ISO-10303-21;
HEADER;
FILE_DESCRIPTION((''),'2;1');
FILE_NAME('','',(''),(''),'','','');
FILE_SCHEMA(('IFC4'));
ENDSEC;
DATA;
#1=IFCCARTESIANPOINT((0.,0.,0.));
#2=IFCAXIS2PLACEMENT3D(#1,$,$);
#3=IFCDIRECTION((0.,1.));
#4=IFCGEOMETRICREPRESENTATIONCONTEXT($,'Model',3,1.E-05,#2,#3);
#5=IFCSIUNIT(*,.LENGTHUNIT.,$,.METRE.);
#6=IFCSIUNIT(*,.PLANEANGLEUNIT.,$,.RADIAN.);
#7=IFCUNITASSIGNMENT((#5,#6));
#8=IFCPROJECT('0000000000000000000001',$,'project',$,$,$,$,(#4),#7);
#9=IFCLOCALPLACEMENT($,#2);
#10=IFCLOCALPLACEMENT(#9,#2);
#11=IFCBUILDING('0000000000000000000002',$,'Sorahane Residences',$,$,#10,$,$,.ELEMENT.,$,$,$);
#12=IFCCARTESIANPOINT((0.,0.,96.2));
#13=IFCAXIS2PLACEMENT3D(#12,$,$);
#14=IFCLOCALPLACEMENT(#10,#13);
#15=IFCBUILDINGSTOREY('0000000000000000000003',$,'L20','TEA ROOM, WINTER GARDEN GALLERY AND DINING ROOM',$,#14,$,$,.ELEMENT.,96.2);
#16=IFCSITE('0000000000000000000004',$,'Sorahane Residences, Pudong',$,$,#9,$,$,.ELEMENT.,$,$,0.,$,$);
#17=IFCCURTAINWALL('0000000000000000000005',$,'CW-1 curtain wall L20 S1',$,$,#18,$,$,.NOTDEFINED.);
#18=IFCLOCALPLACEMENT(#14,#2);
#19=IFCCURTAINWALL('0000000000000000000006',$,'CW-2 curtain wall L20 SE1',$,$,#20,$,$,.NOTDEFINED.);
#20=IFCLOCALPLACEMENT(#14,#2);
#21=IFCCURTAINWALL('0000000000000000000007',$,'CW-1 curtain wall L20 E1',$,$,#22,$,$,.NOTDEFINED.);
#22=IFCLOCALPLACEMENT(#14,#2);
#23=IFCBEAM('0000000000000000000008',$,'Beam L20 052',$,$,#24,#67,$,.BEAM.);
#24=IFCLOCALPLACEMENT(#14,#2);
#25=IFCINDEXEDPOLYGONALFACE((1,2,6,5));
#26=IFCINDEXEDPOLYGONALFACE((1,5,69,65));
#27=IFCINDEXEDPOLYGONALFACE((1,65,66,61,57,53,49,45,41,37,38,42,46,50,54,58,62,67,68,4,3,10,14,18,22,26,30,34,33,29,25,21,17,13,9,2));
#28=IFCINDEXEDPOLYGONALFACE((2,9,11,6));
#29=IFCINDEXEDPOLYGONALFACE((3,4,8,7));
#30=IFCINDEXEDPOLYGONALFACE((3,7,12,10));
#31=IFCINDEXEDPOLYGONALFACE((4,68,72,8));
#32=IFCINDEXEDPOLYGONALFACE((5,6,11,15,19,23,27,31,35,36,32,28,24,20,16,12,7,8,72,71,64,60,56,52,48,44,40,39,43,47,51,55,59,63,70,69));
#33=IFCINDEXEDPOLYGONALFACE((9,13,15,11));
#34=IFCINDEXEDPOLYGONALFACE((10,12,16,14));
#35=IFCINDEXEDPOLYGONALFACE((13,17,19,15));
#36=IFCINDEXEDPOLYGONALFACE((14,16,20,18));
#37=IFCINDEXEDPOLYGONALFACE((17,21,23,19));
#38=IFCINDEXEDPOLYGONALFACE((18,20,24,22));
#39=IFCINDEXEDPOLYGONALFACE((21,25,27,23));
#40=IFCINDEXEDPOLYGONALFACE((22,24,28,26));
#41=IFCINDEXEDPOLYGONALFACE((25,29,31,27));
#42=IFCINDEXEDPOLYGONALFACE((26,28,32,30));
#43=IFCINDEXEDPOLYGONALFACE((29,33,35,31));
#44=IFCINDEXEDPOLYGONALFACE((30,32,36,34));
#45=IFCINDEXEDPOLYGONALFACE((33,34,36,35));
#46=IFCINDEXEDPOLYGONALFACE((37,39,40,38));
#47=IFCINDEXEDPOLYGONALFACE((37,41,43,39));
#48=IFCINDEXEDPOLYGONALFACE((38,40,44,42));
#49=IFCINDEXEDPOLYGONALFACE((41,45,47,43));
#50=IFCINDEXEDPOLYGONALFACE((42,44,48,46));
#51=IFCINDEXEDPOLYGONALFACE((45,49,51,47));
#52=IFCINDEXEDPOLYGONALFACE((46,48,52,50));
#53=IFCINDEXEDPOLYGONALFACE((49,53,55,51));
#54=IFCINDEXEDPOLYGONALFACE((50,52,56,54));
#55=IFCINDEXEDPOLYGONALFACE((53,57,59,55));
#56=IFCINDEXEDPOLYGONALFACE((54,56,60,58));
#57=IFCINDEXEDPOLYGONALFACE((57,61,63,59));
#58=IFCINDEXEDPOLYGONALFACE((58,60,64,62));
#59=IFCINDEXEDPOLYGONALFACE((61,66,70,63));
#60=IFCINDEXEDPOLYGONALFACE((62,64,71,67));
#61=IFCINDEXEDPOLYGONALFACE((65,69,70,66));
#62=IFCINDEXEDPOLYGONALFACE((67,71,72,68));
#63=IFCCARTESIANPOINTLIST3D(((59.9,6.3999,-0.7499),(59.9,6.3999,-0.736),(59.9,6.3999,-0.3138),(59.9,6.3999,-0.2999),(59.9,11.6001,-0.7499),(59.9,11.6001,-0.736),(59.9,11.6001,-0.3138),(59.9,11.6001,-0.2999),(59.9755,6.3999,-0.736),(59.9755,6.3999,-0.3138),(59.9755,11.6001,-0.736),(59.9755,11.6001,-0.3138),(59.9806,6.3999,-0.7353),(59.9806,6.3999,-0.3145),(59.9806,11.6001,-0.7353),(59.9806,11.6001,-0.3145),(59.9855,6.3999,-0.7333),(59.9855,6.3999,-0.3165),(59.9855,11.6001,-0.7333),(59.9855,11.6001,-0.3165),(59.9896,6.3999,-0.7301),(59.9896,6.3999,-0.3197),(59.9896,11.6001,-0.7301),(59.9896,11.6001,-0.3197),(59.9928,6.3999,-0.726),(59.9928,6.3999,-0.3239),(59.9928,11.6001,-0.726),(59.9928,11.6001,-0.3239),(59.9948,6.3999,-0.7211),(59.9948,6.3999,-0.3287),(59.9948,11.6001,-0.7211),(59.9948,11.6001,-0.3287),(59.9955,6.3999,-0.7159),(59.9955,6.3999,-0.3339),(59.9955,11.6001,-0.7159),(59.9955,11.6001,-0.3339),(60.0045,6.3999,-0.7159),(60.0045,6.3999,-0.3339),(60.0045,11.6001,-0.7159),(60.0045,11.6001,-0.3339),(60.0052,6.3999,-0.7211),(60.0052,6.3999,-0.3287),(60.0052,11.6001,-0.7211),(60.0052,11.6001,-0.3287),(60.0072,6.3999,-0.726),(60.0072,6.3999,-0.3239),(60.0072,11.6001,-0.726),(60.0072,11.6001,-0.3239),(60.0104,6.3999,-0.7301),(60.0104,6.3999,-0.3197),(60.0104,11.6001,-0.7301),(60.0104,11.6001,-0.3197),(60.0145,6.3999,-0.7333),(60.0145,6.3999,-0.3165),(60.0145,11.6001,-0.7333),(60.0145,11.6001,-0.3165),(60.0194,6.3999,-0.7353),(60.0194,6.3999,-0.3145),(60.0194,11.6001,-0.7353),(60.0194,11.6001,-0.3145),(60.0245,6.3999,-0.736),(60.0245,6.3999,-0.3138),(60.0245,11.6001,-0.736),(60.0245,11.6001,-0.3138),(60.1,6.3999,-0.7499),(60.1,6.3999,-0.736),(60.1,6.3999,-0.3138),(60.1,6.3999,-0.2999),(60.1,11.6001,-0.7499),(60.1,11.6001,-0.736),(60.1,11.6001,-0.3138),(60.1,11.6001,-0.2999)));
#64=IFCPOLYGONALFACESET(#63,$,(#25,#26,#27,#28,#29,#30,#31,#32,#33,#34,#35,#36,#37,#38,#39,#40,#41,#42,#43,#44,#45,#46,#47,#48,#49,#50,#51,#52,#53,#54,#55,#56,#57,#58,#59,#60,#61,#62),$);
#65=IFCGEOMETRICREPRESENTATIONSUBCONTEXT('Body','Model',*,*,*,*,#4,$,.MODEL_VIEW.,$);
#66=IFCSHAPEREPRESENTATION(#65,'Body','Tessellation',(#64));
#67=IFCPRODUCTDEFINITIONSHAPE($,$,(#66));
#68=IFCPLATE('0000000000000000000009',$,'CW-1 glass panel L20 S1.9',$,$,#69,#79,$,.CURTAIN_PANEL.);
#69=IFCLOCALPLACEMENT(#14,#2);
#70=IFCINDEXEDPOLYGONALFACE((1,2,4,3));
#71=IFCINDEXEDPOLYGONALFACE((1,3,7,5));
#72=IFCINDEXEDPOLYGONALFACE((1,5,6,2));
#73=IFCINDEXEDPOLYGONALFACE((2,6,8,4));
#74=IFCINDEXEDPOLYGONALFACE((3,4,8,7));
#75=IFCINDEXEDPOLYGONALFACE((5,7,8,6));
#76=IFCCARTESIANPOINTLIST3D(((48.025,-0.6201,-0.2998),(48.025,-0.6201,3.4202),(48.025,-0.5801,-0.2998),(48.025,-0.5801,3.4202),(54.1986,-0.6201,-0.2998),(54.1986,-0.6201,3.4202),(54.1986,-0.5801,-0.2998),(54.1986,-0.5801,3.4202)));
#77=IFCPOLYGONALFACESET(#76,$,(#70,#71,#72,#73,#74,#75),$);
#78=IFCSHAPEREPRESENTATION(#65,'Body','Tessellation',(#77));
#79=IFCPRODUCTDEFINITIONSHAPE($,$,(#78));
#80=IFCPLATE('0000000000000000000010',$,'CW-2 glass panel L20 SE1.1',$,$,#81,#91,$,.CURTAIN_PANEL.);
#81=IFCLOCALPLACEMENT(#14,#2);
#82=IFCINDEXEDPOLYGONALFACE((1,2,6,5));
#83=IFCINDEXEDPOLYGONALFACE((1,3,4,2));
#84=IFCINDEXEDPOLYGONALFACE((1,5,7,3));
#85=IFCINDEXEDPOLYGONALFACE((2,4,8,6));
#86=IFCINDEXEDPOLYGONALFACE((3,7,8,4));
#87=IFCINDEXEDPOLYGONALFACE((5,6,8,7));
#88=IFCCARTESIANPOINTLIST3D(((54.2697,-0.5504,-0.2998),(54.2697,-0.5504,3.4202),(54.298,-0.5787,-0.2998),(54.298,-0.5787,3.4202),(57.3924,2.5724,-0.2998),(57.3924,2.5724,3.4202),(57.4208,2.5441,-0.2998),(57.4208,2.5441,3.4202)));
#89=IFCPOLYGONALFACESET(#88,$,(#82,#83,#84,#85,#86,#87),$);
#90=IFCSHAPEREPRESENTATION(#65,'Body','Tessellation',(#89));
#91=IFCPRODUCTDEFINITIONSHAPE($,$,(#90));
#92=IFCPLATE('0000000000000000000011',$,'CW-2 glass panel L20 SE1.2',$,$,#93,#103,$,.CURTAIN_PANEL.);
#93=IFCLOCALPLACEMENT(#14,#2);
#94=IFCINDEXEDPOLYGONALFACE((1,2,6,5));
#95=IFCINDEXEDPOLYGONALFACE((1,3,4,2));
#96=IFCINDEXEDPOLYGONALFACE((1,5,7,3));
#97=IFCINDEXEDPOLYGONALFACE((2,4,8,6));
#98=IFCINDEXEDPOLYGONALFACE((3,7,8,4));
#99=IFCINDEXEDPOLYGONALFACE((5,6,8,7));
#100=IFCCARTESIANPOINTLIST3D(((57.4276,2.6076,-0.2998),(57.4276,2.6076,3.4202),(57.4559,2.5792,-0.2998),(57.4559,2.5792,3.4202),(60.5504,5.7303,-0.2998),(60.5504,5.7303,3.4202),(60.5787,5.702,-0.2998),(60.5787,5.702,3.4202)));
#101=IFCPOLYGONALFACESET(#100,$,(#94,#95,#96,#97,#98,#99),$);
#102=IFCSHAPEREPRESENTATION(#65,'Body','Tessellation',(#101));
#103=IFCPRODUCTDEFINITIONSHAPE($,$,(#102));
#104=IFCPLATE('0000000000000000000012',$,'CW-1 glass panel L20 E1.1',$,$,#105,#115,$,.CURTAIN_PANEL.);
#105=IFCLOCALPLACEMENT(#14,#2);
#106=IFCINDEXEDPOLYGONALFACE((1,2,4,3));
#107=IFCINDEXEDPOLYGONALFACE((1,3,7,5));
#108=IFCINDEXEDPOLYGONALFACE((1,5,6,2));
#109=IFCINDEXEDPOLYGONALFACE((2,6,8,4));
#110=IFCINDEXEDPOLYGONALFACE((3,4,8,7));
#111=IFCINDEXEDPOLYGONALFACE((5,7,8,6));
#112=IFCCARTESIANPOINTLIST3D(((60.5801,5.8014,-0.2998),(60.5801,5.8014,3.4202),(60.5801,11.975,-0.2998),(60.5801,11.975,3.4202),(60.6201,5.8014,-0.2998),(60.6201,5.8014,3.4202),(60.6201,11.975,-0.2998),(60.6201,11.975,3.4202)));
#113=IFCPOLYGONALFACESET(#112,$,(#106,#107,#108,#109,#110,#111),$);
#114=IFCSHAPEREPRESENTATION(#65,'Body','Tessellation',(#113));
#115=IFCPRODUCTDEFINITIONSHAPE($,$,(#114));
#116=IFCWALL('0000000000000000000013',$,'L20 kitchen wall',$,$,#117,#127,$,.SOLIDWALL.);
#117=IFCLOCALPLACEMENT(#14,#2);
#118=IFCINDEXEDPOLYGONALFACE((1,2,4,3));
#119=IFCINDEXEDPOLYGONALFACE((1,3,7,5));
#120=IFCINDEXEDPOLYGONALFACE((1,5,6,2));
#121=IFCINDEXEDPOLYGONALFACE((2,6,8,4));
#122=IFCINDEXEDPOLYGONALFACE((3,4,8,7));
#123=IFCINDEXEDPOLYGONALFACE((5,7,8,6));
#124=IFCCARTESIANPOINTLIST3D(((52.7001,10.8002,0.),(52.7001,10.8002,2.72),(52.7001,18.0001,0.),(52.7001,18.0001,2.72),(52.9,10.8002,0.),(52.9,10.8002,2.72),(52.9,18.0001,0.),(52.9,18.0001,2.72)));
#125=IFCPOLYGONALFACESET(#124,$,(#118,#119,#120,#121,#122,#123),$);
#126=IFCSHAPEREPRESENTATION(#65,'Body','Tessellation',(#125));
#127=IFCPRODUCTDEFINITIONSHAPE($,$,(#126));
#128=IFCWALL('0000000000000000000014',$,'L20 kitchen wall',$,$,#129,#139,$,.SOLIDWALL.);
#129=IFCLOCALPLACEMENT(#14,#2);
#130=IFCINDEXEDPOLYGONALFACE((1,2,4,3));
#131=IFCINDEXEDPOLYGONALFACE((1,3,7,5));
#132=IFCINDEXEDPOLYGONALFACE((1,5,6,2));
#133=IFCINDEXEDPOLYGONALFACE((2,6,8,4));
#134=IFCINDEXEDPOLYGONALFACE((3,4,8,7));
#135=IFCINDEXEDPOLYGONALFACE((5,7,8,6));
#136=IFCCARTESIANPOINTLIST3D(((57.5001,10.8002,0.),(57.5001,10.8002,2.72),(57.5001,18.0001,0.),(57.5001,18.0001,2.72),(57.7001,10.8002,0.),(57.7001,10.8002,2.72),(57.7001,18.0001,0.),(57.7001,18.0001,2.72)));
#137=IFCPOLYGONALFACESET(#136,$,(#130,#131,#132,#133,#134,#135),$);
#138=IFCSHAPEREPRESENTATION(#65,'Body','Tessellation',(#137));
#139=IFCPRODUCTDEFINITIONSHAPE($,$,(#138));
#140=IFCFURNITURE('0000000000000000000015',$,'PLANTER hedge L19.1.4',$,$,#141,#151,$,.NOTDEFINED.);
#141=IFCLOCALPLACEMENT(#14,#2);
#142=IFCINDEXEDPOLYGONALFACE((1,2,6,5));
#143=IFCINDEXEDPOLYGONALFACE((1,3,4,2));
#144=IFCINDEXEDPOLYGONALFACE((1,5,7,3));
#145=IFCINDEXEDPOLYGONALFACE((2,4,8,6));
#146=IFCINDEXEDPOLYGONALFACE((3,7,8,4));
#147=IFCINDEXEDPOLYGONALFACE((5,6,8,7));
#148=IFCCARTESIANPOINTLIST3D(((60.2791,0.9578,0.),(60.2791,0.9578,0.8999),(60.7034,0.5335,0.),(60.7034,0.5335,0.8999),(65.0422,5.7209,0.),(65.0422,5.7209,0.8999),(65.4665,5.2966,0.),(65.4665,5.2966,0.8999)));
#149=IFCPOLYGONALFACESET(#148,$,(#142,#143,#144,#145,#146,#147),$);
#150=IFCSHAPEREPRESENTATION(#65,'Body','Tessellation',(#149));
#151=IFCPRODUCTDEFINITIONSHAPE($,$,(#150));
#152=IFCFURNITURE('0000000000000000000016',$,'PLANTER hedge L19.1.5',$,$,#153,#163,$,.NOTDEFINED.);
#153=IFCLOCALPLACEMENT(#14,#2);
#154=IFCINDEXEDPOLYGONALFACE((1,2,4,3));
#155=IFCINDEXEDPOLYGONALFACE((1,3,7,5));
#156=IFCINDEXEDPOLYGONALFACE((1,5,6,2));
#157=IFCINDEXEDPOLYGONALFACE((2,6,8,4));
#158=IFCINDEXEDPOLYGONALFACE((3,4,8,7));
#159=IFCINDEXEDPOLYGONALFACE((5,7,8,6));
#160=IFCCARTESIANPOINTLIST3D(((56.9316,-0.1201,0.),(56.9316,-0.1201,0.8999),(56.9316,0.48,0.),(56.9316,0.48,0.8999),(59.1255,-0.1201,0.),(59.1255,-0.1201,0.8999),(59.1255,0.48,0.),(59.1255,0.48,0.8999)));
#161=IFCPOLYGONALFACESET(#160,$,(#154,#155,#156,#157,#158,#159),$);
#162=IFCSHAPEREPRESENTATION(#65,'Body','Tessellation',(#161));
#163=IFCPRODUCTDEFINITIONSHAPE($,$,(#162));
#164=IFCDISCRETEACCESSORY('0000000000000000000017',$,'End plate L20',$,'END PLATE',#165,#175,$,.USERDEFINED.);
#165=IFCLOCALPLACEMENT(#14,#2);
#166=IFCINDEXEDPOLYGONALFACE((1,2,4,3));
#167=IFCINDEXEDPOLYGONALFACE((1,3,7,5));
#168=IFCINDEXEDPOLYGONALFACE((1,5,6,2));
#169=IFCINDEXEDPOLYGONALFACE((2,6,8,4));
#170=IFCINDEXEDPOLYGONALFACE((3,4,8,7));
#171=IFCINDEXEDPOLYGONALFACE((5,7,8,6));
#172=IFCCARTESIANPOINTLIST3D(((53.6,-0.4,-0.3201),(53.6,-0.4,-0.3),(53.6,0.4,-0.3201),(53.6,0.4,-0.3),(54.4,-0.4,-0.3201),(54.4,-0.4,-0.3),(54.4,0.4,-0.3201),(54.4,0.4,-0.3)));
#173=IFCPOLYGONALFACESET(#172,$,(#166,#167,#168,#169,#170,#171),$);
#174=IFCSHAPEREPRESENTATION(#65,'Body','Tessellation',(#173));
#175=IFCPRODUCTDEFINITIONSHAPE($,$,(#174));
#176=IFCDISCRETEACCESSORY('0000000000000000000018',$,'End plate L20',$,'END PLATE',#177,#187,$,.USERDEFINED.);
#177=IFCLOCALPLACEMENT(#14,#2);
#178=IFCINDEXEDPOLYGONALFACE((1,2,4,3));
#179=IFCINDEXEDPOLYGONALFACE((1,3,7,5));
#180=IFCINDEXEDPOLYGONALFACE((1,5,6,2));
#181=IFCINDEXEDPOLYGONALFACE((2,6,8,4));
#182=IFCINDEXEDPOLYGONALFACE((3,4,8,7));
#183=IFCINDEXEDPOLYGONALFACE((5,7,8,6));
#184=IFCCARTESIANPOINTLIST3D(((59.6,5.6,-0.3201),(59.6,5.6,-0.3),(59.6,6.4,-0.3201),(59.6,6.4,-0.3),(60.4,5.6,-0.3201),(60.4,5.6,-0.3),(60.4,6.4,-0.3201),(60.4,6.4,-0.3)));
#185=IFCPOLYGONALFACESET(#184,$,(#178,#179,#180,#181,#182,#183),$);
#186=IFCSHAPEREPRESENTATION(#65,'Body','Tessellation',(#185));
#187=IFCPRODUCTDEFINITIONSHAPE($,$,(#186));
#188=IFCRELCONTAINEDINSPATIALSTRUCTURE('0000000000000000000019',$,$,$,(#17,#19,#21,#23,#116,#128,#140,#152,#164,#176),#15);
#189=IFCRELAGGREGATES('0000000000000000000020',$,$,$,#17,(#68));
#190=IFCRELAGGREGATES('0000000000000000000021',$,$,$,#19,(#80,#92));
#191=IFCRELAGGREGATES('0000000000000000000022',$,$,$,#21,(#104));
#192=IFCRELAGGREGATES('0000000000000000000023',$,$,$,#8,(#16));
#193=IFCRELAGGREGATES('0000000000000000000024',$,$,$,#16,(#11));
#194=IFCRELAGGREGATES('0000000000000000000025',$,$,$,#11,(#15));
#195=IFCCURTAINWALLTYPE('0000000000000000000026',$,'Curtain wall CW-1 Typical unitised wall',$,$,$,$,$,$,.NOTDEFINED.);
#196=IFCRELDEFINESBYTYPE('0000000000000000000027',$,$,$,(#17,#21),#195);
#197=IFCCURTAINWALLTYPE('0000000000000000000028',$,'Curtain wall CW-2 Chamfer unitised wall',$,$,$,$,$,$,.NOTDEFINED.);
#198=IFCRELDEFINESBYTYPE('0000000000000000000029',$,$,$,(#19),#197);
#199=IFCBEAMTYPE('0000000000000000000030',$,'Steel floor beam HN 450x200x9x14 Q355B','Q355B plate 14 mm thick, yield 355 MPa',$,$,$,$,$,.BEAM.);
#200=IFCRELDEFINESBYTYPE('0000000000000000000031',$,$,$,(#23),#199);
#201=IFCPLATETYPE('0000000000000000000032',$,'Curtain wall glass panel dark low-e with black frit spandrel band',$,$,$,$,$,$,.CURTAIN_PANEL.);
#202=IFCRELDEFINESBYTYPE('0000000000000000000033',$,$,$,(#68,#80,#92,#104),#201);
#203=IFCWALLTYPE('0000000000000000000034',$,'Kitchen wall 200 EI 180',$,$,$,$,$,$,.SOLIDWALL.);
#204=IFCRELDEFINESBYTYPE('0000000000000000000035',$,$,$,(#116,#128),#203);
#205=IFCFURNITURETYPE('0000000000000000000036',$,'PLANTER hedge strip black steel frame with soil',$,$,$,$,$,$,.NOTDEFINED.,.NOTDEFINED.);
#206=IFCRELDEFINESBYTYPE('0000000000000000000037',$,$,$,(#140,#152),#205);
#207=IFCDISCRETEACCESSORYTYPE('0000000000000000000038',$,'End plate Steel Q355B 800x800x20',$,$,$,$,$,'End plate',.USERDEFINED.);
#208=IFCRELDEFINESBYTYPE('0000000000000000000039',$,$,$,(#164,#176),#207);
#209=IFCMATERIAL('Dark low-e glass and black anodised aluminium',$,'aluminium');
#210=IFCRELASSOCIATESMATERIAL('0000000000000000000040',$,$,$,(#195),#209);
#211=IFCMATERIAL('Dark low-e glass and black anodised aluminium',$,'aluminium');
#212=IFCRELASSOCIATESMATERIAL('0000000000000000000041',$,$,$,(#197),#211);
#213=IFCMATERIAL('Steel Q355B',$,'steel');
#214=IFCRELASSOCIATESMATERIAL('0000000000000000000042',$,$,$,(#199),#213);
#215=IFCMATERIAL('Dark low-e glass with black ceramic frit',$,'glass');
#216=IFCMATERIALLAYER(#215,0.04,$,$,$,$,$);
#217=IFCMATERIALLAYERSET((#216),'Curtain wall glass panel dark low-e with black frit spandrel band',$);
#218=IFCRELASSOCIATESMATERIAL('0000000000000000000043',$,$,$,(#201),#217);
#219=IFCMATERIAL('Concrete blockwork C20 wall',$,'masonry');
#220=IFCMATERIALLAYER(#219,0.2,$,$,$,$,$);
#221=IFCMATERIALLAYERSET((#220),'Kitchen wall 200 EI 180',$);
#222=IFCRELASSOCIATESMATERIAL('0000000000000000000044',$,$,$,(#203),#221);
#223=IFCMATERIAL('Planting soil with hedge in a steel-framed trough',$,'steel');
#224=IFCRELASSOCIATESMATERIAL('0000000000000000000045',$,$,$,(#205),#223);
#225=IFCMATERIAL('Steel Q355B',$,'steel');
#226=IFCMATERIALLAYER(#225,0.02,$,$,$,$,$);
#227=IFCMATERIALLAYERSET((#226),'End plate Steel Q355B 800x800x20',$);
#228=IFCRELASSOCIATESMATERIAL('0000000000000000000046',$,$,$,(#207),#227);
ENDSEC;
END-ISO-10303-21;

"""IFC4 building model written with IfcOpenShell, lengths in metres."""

from ifc_helpers import new_model, si_unit, direction, frame, frame_2d, origin, origin_2d, place, context, subcontext, project, spatial, rectangle, i_section, extrude, material, layer, layer_set, material_profile, profile_set, type_object, element, aggregate, save


model = new_model("IFC4")

# Units and contexts
model_context = context("Model", 3, precision=1e-05, world=origin(), true_north=direction((0.0, 1.0)))
body_context = subcontext(model_context, "Body", "Model", "MODEL_VIEW")
ifc_project = project(units=[si_unit("LENGTHUNIT", "METRE"), si_unit("PLANEANGLEUNIT", "RADIAN")], contexts=[model_context])

# Site, building, storey
site_placement = place(None, origin())
site = spatial("IfcSite", under=ifc_project, at=site_placement, Name="Sorahane Residences, Pudong", CompositionType="ELEMENT", RefElevation=0.0)
building_placement = place(site_placement, origin())
building = spatial("IfcBuilding", under=site, at=building_placement, Name="Sorahane Residences", CompositionType="ELEMENT")
storey_placement = place(building_placement, frame((0.0, 0.0, 96.2)))
storey = spatial("IfcBuildingStorey", under=building, at=storey_placement, Name="L20", Description="TEA ROOM, WINTER GARDEN GALLERY AND DINING ROOM", CompositionType="ELEMENT", Elevation=96.2)

# Curtain wall
ifc_material_1 = material(Name="Dark low-e glass and black anodised aluminium", Category="aluminium")
curtain_wall_type_1 = type_object("IfcCurtainWallType", Name="Curtain wall CW-1 Typical unitised wall", PredefinedType="NOTDEFINED", material=ifc_material_1)
curtain_wall_1_placement = place(storey_placement, origin())
curtain_wall_1 = element("IfcCurtainWall", 1, at=curtain_wall_1_placement, inside=storey, type_object=curtain_wall_type_1, Name="CW-1 curtain wall L20 S1", PredefinedType="NOTDEFINED")

# Curtain wall
ifc_material_2 = material(Name="Dark low-e glass and black anodised aluminium", Category="aluminium")
curtain_wall_type_2 = type_object("IfcCurtainWallType", Name="Curtain wall CW-2 Chamfer unitised wall", PredefinedType="NOTDEFINED", material=ifc_material_2)
curtain_wall_2_placement = place(storey_placement, origin())
curtain_wall_2 = element("IfcCurtainWall", 2, at=curtain_wall_2_placement, inside=storey, type_object=curtain_wall_type_2, Name="CW-2 curtain wall L20 SE1", PredefinedType="NOTDEFINED")

# Curtain wall
curtain_wall_3_placement = place(storey_placement, origin())
curtain_wall_3 = element("IfcCurtainWall", 3, at=curtain_wall_3_placement, inside=storey, type_object=curtain_wall_type_1, Name="CW-1 curtain wall L20 E1", PredefinedType="NOTDEFINED")

# Beam
ifc_material_3 = material(Name="Steel Q355B", Category="steel")
ifc_material_profile_1 = material_profile(ifc_material_3, i_section(OverallWidth=0.2, OverallDepth=0.45, WebThickness=0.009, FlangeThickness=0.0139, FilletRadius=0.02, at=origin_2d()), Name="HN 450x200x9x14")
ifc_profile_set_1 = profile_set([ifc_material_profile_1], Name="Steel Q355B")
beam_type = type_object("IfcBeamType", Name="Steel floor beam HN 450x200x9x14 Q355B", Description="Q355B plate 14 mm thick, yield 355 MPa", PredefinedType="BEAM", material=ifc_profile_set_1)
beam_1_placement = place(storey_placement, frame((60.0, 6.3999, -0.5249), z_axis=(0.0, 1.0, 0.0), x_axis=(-1.0, 0.0, 0.0)))
element("IfcBeam", 4, at=beam_1_placement, inside=storey, type_object=beam_type, Name="Beam L20 052", PredefinedType="BEAM", context=body_context, shape_type="SweptSolid", body=[
    extrude(i_section(OverallWidth=0.2, OverallDepth=0.45, WebThickness=0.009, FlangeThickness=0.0139, FilletRadius=0.02, at=origin_2d()), origin(), (0.0, 0.0, 1.0), 5.2002),
])

# Plates
ifc_material_4 = material(Name="Dark low-e glass with black ceramic frit", Category="glass")
ifc_layer_1 = layer(ifc_material_4, 0.04)
ifc_layer_set_1 = layer_set([ifc_layer_1], Name="Curtain wall glass panel dark low-e with black frit spandrel band")
plate_type = type_object("IfcPlateType", Name="Curtain wall glass panel dark low-e with black frit spandrel band", PredefinedType="CURTAIN_PANEL", material=ifc_layer_set_1)
plate_1_placement = place(storey_placement, frame((51.1118, -0.6001, -0.2998), z_axis=(0.0, 0.0, 1.0), x_axis=(1.0, 0.0, 0.0)))
plate_1 = element("IfcPlate", 5, at=plate_1_placement, type_object=plate_type, Name="CW-1 glass panel L20 S1.9", PredefinedType="CURTAIN_PANEL", context=body_context, shape_type="SweptSolid", body=[
    extrude(rectangle(XDim=6.1736, YDim=0.04, at=origin_2d()), origin(), (0.0, 0.0, 1.0), 3.72),
])
aggregate(curtain_wall_1, [plate_1])
plate_2_placement = place(storey_placement, frame((55.8452, 0.9968, -0.2998), z_axis=(0.0, 0.0, 1.0), x_axis=(0.707107, 0.707107, 0.0)))
plate_2 = element("IfcPlate", 6, at=plate_2_placement, type_object=plate_type, Name="CW-2 glass panel L20 SE1.1", PredefinedType="CURTAIN_PANEL", context=body_context, shape_type="SweptSolid", body=[
    extrude(rectangle(XDim=4.4163, YDim=0.04, at=origin_2d()), origin(), (0.0, 0.0, 1.0), 3.72),
])
plate_3_placement = place(storey_placement, frame((59.0032, 4.1548, -0.2998), z_axis=(0.0, 0.0, 1.0), x_axis=(0.707107, 0.707107, 0.0)))
plate_3 = element("IfcPlate", 7, at=plate_3_placement, type_object=plate_type, Name="CW-2 glass panel L20 SE1.2", PredefinedType="CURTAIN_PANEL", context=body_context, shape_type="SweptSolid", body=[
    extrude(rectangle(XDim=4.4163, YDim=0.04, at=origin_2d()), origin(), (0.0, 0.0, 1.0), 3.72),
])
aggregate(curtain_wall_2, [plate_2, plate_3])
plate_4_placement = place(storey_placement, frame((60.6001, 8.8882, -0.2998), z_axis=(0.0, 0.0, 1.0), x_axis=(0.0, 1.0, 0.0)))
plate_4 = element("IfcPlate", 8, at=plate_4_placement, type_object=plate_type, Name="CW-1 glass panel L20 E1.1", PredefinedType="CURTAIN_PANEL", context=body_context, shape_type="SweptSolid", body=[
    extrude(rectangle(XDim=6.1736, YDim=0.04, at=origin_2d()), origin(), (0.0, 0.0, 1.0), 3.72),
])
aggregate(curtain_wall_3, [plate_4])

# Walls
ifc_material_5 = material(Name="Concrete blockwork C20 wall", Category="masonry")
ifc_layer_2 = layer(ifc_material_5, 0.2)
ifc_layer_set_2 = layer_set([ifc_layer_2], Name="Kitchen wall 200 EI 180")
wall_type_1 = type_object("IfcWallType", Name="Kitchen wall 200 EI 180", PredefinedType="SOLIDWALL", material=ifc_layer_set_2)
for number, where, z_axis, x_axis, name in (
    (9, (52.8, 10.8, 0.0), (0.0, 0.0, 1.0), (0.0, 1.0, 0.0), "L20 kitchen wall"),
    (10, (57.6001, 10.8, 0.0), (0.0, 0.0, 1.0), (0.0, 1.0, 0.0), "L20 kitchen wall"),
):
    element("IfcWall", number, at=place(storey_placement, frame(where, z_axis=z_axis, x_axis=x_axis)), inside=storey, type_object=wall_type_1, Name=name, PredefinedType="SOLIDWALL", context=body_context, shape_type="SweptSolid", body=[
        extrude(rectangle(XDim=7.2, YDim=0.2, at=frame_2d((3.6001, 0.0))), origin(), (0.0, 0.0, 1.0), 2.72),
    ])

# Furniture
ifc_material_6 = material(Name="Planting soil with hedge in a steel-framed trough", Category="steel")
furniture_type = type_object("IfcFurnitureType", Name="PLANTER hedge strip black steel frame with soil", AssemblyPlace="NOTDEFINED", PredefinedType="NOTDEFINED", material=ifc_material_6)
furniture_1_placement = place(storey_placement, frame((62.8728, 3.1272, 0.0), z_axis=(0.0, 0.0, 1.0), x_axis=(-0.707107, -0.707107, 0.0)))
element("IfcFurniture", 11, at=furniture_1_placement, inside=storey, type_object=furniture_type, Name="PLANTER hedge L19.1.4", PredefinedType="NOTDEFINED", context=body_context, shape_type="SweptSolid", body=[
    extrude(rectangle(XDim=6.7361, YDim=0.6001, at=origin_2d()), origin(), (0.0, 0.0, 1.0), 0.8999),
])
furniture_2_placement = place(storey_placement, frame((58.0286, 0.1799, 0.0), z_axis=(0.0, 0.0, 1.0), x_axis=(-1.0, 0.0, 0.0)))
element("IfcFurniture", 12, at=furniture_2_placement, inside=storey, type_object=furniture_type, Name="PLANTER hedge L19.1.5", PredefinedType="NOTDEFINED", context=body_context, shape_type="SweptSolid", body=[
    extrude(rectangle(XDim=2.1938, YDim=0.6001, at=origin_2d()), origin(), (0.0, 0.0, 1.0), 0.8999),
])

# Discrete accessories
ifc_material_7 = material(Name="Steel Q355B", Category="steel")
ifc_layer_3 = layer(ifc_material_7, 0.02)
ifc_layer_set_3 = layer_set([ifc_layer_3], Name="End plate Steel Q355B 800x800x20")
discrete_accessory_type = type_object("IfcDiscreteAccessoryType", Name="End plate Steel Q355B 800x800x20", ElementType="End plate", PredefinedType="USERDEFINED", material=ifc_layer_set_3)
for number, where, z_axis, x_axis, name in (
    (13, (54.0, 0.0, -0.3201), (0.0, 0.0, 1.0), (1.0, 0.0, 0.0), "End plate L20"),
    (14, (60.0, 6.0, -0.3201), (0.0, 0.0, 1.0), (1.0, 0.0, 0.0), "End plate L20"),
):
    element("IfcDiscreteAccessory", number, at=place(storey_placement, frame(where, z_axis=z_axis, x_axis=x_axis)), inside=storey, type_object=discrete_accessory_type, Name=name, ObjectType="END PLATE", PredefinedType="USERDEFINED", context=body_context, shape_type="SweptSolid", body=[
        extrude(rectangle(XDim=0.8, YDim=0.8, at=origin_2d()), origin(), (0.0, 0.0, 1.0), 0.02),
    ])

save(model, "model.ifc")
